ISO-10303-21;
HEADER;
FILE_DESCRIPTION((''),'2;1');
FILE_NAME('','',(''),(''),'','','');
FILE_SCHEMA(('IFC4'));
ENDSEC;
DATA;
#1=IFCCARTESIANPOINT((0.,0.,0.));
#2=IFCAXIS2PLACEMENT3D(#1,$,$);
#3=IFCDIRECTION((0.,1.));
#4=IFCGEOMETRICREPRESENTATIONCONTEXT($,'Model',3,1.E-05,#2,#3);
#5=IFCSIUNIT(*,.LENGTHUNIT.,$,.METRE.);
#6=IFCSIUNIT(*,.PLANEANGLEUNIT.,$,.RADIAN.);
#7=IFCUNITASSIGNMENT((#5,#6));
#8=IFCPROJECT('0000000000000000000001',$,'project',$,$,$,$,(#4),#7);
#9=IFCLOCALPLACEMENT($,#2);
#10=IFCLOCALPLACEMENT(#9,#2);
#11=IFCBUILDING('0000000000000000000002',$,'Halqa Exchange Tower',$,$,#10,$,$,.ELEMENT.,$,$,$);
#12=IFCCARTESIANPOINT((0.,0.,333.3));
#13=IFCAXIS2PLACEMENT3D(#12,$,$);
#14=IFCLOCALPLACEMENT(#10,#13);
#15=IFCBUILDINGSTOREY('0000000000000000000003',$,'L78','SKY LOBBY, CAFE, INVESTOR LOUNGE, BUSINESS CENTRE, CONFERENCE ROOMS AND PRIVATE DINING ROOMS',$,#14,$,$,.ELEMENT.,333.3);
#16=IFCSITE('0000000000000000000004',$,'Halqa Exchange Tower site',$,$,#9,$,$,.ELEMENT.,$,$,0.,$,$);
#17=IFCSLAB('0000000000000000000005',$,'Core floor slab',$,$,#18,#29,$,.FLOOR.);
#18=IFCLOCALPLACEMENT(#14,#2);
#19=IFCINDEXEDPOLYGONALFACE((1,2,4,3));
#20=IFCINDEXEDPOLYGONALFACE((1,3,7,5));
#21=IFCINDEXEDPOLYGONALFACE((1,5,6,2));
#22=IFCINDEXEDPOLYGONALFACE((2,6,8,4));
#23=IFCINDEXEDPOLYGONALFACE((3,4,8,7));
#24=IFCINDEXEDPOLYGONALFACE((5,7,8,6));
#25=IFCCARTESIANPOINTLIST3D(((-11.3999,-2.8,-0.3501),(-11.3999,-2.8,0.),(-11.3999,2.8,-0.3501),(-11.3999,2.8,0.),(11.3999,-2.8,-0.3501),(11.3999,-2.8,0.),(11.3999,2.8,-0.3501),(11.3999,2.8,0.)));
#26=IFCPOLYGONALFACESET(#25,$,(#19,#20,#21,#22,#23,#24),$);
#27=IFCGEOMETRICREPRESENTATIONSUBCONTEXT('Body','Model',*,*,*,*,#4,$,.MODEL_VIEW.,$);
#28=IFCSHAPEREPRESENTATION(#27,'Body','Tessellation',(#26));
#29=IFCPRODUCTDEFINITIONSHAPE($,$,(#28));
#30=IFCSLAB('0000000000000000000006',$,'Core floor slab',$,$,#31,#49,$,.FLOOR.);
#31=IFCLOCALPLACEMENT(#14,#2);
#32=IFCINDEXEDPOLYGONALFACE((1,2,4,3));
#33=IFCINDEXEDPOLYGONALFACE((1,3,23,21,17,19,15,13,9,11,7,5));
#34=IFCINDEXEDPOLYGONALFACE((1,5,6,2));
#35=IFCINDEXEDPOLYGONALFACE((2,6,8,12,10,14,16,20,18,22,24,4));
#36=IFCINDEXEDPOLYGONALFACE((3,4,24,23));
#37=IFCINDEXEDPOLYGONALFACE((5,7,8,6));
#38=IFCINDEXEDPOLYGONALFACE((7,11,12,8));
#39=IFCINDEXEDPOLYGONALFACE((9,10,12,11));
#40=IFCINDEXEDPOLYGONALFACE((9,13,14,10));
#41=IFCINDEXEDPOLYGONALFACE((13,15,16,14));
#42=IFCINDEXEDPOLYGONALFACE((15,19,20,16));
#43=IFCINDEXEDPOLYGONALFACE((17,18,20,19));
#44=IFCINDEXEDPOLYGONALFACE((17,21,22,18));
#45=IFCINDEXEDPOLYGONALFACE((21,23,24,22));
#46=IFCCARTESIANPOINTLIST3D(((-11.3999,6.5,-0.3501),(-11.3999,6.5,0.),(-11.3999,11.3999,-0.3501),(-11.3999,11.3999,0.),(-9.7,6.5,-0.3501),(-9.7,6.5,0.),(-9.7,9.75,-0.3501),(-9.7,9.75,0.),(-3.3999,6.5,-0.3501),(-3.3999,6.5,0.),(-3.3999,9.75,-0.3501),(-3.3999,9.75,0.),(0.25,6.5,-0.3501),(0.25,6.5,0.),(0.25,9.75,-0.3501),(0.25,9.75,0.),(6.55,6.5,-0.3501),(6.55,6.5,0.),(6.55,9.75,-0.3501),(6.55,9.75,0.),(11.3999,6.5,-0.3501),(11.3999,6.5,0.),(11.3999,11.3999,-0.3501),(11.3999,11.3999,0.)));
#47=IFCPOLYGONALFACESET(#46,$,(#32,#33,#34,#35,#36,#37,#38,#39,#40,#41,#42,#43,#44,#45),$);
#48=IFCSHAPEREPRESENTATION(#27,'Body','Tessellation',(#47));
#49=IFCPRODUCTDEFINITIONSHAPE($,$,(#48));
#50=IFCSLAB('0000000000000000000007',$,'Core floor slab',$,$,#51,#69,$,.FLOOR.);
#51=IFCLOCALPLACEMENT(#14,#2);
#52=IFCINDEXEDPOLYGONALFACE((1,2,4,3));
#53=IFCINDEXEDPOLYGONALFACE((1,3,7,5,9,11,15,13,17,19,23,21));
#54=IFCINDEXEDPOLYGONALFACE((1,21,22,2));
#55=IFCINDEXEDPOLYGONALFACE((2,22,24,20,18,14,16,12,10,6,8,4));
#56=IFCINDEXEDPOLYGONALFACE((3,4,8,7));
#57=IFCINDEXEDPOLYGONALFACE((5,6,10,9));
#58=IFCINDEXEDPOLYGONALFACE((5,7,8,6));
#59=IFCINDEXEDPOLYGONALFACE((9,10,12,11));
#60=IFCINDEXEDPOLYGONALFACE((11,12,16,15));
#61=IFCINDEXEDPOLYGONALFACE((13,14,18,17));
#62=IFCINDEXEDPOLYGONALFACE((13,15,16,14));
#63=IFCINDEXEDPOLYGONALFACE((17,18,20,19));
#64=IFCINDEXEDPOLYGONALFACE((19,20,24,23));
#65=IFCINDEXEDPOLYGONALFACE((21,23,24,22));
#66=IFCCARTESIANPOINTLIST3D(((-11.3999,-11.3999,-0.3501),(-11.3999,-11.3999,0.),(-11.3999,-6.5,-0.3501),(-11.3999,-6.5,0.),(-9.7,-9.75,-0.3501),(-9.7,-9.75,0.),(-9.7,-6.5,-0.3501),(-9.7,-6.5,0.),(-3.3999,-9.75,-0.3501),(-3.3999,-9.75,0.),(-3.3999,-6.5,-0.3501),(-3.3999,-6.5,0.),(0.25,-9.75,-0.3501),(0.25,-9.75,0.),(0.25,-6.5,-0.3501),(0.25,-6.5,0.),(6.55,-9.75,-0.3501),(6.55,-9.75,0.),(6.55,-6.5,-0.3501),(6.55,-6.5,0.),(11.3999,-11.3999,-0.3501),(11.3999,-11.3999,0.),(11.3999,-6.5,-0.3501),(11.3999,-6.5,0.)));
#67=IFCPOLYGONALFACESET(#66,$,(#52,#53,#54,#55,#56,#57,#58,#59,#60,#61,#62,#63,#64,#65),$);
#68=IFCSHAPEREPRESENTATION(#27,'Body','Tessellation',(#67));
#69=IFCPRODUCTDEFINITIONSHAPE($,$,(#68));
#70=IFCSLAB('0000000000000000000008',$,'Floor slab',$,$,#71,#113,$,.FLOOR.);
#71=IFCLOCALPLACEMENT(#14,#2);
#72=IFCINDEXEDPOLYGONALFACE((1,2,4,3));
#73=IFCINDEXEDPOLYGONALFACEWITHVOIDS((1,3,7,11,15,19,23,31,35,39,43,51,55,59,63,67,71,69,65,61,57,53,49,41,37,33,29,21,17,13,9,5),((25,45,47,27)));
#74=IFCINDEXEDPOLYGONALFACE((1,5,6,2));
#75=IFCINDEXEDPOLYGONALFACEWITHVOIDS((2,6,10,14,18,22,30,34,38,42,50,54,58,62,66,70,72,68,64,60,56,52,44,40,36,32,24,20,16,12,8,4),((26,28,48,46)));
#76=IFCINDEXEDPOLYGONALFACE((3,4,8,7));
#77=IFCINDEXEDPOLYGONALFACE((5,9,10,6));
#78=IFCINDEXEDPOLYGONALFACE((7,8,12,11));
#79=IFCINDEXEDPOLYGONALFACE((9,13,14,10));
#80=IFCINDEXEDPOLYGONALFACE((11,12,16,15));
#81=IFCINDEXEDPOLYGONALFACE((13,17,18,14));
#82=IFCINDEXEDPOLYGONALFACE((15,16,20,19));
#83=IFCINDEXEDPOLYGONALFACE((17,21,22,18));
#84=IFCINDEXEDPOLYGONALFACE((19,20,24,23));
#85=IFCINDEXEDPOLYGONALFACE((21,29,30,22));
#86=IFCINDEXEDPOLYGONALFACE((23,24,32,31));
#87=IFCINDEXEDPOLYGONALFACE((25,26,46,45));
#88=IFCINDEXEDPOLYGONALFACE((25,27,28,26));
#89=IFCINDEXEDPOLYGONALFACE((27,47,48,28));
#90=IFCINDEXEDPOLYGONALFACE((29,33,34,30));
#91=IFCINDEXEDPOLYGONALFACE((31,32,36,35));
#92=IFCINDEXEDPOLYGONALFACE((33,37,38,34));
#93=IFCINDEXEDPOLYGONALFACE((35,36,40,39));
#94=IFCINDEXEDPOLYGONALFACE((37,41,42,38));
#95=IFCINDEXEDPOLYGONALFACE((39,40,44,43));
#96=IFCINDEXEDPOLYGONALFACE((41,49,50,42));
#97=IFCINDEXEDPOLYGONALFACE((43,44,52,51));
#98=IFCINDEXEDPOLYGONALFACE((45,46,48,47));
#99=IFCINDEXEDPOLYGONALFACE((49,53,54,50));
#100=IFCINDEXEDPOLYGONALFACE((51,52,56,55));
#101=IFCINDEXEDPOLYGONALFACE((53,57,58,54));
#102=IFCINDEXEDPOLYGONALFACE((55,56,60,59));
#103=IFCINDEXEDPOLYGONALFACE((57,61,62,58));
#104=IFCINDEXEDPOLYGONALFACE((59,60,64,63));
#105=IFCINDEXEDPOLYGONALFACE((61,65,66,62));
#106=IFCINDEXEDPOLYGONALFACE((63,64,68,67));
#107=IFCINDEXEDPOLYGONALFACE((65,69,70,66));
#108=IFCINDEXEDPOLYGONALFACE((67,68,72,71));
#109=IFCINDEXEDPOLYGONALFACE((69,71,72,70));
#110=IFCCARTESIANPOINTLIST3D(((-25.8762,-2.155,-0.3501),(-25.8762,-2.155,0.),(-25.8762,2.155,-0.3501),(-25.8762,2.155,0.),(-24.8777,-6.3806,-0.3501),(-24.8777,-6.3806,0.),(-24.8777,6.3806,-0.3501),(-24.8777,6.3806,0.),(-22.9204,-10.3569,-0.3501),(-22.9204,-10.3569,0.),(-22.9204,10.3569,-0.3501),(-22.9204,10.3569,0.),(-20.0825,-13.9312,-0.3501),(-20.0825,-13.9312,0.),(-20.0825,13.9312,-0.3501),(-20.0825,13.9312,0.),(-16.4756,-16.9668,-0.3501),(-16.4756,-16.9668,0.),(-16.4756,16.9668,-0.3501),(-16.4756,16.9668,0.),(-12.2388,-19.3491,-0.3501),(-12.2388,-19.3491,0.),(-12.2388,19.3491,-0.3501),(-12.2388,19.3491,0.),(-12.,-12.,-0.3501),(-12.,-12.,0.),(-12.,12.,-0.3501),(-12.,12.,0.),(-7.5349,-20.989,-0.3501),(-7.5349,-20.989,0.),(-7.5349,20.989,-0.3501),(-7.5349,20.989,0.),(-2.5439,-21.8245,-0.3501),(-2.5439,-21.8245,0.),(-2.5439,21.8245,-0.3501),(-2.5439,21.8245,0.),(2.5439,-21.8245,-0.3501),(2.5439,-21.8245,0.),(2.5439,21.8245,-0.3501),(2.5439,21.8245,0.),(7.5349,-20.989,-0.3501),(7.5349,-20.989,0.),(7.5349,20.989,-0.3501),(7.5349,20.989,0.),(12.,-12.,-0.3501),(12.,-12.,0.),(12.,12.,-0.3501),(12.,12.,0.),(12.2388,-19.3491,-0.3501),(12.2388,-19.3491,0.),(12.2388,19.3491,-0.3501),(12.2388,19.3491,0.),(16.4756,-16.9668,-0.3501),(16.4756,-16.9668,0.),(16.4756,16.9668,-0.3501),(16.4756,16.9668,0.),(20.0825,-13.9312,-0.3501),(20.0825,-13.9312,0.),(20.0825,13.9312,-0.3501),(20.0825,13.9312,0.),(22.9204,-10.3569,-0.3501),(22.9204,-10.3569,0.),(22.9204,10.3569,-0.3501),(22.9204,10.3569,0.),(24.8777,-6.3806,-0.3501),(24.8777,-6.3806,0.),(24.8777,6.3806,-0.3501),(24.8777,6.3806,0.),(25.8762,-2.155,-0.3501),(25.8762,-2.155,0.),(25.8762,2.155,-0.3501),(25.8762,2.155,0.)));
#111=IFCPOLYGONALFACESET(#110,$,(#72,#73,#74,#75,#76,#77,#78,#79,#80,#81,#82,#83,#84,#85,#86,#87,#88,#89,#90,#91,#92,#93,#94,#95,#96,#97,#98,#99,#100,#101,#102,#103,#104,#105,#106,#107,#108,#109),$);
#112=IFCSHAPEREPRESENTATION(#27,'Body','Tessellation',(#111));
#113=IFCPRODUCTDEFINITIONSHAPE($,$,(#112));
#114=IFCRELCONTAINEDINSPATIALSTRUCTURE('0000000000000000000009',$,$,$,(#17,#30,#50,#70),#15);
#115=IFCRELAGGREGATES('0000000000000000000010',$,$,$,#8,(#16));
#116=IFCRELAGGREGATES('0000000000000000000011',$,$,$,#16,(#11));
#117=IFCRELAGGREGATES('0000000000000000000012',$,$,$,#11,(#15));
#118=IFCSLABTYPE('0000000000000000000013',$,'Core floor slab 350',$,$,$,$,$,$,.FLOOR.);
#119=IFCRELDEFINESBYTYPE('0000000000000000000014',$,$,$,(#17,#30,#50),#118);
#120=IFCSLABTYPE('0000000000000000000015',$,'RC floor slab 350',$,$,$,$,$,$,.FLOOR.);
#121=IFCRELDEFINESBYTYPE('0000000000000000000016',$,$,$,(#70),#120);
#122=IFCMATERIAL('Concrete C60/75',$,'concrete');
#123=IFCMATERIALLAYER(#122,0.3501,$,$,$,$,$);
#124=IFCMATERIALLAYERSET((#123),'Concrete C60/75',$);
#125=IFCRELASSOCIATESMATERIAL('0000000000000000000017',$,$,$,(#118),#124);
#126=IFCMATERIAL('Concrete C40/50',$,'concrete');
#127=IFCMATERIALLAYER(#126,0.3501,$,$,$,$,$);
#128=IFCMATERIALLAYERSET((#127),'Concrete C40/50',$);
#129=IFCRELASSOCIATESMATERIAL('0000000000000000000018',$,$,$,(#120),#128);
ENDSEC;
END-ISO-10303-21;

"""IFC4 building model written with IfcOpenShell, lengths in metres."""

from ifc_helpers import new_model, si_unit, direction, frame, origin, place, context, subcontext, project, spatial, polyline, outline, extrude, material, layer, layer_set, type_object, element, save


model = new_model("IFC4")

# Units and contexts
model_context = context("Model", 3, precision=1e-05, world=origin(), true_north=direction((0.0, 1.0)))
body_context = subcontext(model_context, "Body", "Model", "MODEL_VIEW")
ifc_project = project(units=[si_unit("LENGTHUNIT", "METRE"), si_unit("PLANEANGLEUNIT", "RADIAN")], contexts=[model_context])

# Site, building, storey
site_placement = place(None, origin())
site = spatial("IfcSite", under=ifc_project, at=site_placement, Name="Halqa Exchange Tower site", CompositionType="ELEMENT", RefElevation=0.0)
building_placement = place(site_placement, origin())
building = spatial("IfcBuilding", under=site, at=building_placement, Name="Halqa Exchange Tower", CompositionType="ELEMENT")
storey_placement = place(building_placement, frame((0.0, 0.0, 333.3)))
storey = spatial("IfcBuildingStorey", under=building, at=storey_placement, Name="L78", Description="SKY LOBBY, CAFE, INVESTOR LOUNGE, BUSINESS CENTRE, CONFERENCE ROOMS AND PRIVATE DINING ROOMS", CompositionType="ELEMENT", Elevation=333.3)

# Slabs
ifc_material_1 = material(Name="Concrete C60/75", Category="concrete")
ifc_layer_1 = layer(ifc_material_1, 0.3501)
ifc_layer_set_1 = layer_set([ifc_layer_1], Name="Concrete C60/75")
slab_type_1 = type_object("IfcSlabType", Name="Core floor slab 350", PredefinedType="FLOOR", material=ifc_layer_set_1)
slab_1_placement = place(storey_placement, frame((0.0, 0.0, -0.3501)))
element("IfcSlab", 1, at=slab_1_placement, inside=storey, type_object=slab_type_1, Name="Core floor slab", PredefinedType="FLOOR", context=body_context, shape_type="SweptSolid", body=[
    extrude(outline(polyline([(-11.3999, 2.8), (11.3999, 2.8), (11.3999, -2.8), (-11.3999, -2.8), (-11.3999, 2.8)])), origin(), (0.0, 0.0, 1.0), 0.3501),
])
slab_2_placement = place(storey_placement, frame((0.0, 0.0, -0.3501)))
element("IfcSlab", 2, at=slab_2_placement, inside=storey, type_object=slab_type_1, Name="Core floor slab", PredefinedType="FLOOR", context=body_context, shape_type="SweptSolid", body=[
    extrude(outline(polyline([(-11.3999, 11.3999), (11.3999, 11.3999), (11.3999, 6.5), (6.55, 6.5), (6.55, 9.75), (0.25, 9.75), (0.25, 6.5), (-3.3999, 6.5), (-3.3999, 9.75), (-9.7, 9.75), (-9.7, 6.5), (-11.3999, 6.5), (-11.3999, 11.3999)])), origin(), (0.0, 0.0, 1.0), 0.3501),
])
slab_3_placement = place(storey_placement, frame((0.0, 0.0, -0.3501)))
element("IfcSlab", 3, at=slab_3_placement, inside=storey, type_object=slab_type_1, Name="Core floor slab", PredefinedType="FLOOR", context=body_context, shape_type="SweptSolid", body=[
    extrude(outline(polyline([(-11.3999, -6.5), (-9.7, -6.5), (-9.7, -9.75), (-3.3999, -9.75), (-3.3999, -6.5), (0.25, -6.5), (0.25, -9.75), (6.55, -9.75), (6.55, -6.5), (11.3999, -6.5), (11.3999, -11.3999), (-11.3999, -11.3999), (-11.3999, -6.5)])), origin(), (0.0, 0.0, 1.0), 0.3501),
])
ifc_material_2 = material(Name="Concrete C40/50", Category="concrete")
ifc_layer_2 = layer(ifc_material_2, 0.3501)
ifc_layer_set_2 = layer_set([ifc_layer_2], Name="Concrete C40/50")
slab_type_2 = type_object("IfcSlabType", Name="RC floor slab 350", PredefinedType="FLOOR", material=ifc_layer_set_2)
slab_4_placement = place(storey_placement, frame((0.0, 0.0, -0.3501)))
element("IfcSlab", 4, at=slab_4_placement, inside=storey, type_object=slab_type_2, Name="Floor slab", PredefinedType="FLOOR", context=body_context, shape_type="SweptSolid", body=[
    extrude(outline(polyline([(25.8762, 2.155), (24.8777, 6.3806), (22.9204, 10.3569), (20.0825, 13.9312), (16.4756, 16.9668), (12.2388, 19.3491), (7.5349, 20.989), (2.5439, 21.8245), (-2.5439, 21.8245), (-7.5349, 20.989), (-12.2388, 19.3491), (-16.4756, 16.9668), (-20.0825, 13.9312), (-22.9204, 10.3569), (-24.8777, 6.3806), (-25.8762, 2.155), (-25.8762, -2.155), (-24.8777, -6.3806), (-22.9204, -10.3569), (-20.0825, -13.9312), (-16.4756, -16.9668), (-12.2388, -19.3491), (-7.5349, -20.989), (-2.5439, -21.8245), (2.5439, -21.8245), (7.5349, -20.989), (12.2388, -19.3491), (16.4756, -16.9668), (20.0825, -13.9312), (22.9204, -10.3569), (24.8777, -6.3806), (25.8762, -2.155), (25.8762, 2.155)]), holes=[polyline([(-12.0, -12.0), (12.0, -12.0), (12.0, 12.0), (-12.0, 12.0), (-12.0, -12.0)])]), origin(), (0.0, 0.0, 1.0), 0.3501),
])

save(model, "model.ifc")
